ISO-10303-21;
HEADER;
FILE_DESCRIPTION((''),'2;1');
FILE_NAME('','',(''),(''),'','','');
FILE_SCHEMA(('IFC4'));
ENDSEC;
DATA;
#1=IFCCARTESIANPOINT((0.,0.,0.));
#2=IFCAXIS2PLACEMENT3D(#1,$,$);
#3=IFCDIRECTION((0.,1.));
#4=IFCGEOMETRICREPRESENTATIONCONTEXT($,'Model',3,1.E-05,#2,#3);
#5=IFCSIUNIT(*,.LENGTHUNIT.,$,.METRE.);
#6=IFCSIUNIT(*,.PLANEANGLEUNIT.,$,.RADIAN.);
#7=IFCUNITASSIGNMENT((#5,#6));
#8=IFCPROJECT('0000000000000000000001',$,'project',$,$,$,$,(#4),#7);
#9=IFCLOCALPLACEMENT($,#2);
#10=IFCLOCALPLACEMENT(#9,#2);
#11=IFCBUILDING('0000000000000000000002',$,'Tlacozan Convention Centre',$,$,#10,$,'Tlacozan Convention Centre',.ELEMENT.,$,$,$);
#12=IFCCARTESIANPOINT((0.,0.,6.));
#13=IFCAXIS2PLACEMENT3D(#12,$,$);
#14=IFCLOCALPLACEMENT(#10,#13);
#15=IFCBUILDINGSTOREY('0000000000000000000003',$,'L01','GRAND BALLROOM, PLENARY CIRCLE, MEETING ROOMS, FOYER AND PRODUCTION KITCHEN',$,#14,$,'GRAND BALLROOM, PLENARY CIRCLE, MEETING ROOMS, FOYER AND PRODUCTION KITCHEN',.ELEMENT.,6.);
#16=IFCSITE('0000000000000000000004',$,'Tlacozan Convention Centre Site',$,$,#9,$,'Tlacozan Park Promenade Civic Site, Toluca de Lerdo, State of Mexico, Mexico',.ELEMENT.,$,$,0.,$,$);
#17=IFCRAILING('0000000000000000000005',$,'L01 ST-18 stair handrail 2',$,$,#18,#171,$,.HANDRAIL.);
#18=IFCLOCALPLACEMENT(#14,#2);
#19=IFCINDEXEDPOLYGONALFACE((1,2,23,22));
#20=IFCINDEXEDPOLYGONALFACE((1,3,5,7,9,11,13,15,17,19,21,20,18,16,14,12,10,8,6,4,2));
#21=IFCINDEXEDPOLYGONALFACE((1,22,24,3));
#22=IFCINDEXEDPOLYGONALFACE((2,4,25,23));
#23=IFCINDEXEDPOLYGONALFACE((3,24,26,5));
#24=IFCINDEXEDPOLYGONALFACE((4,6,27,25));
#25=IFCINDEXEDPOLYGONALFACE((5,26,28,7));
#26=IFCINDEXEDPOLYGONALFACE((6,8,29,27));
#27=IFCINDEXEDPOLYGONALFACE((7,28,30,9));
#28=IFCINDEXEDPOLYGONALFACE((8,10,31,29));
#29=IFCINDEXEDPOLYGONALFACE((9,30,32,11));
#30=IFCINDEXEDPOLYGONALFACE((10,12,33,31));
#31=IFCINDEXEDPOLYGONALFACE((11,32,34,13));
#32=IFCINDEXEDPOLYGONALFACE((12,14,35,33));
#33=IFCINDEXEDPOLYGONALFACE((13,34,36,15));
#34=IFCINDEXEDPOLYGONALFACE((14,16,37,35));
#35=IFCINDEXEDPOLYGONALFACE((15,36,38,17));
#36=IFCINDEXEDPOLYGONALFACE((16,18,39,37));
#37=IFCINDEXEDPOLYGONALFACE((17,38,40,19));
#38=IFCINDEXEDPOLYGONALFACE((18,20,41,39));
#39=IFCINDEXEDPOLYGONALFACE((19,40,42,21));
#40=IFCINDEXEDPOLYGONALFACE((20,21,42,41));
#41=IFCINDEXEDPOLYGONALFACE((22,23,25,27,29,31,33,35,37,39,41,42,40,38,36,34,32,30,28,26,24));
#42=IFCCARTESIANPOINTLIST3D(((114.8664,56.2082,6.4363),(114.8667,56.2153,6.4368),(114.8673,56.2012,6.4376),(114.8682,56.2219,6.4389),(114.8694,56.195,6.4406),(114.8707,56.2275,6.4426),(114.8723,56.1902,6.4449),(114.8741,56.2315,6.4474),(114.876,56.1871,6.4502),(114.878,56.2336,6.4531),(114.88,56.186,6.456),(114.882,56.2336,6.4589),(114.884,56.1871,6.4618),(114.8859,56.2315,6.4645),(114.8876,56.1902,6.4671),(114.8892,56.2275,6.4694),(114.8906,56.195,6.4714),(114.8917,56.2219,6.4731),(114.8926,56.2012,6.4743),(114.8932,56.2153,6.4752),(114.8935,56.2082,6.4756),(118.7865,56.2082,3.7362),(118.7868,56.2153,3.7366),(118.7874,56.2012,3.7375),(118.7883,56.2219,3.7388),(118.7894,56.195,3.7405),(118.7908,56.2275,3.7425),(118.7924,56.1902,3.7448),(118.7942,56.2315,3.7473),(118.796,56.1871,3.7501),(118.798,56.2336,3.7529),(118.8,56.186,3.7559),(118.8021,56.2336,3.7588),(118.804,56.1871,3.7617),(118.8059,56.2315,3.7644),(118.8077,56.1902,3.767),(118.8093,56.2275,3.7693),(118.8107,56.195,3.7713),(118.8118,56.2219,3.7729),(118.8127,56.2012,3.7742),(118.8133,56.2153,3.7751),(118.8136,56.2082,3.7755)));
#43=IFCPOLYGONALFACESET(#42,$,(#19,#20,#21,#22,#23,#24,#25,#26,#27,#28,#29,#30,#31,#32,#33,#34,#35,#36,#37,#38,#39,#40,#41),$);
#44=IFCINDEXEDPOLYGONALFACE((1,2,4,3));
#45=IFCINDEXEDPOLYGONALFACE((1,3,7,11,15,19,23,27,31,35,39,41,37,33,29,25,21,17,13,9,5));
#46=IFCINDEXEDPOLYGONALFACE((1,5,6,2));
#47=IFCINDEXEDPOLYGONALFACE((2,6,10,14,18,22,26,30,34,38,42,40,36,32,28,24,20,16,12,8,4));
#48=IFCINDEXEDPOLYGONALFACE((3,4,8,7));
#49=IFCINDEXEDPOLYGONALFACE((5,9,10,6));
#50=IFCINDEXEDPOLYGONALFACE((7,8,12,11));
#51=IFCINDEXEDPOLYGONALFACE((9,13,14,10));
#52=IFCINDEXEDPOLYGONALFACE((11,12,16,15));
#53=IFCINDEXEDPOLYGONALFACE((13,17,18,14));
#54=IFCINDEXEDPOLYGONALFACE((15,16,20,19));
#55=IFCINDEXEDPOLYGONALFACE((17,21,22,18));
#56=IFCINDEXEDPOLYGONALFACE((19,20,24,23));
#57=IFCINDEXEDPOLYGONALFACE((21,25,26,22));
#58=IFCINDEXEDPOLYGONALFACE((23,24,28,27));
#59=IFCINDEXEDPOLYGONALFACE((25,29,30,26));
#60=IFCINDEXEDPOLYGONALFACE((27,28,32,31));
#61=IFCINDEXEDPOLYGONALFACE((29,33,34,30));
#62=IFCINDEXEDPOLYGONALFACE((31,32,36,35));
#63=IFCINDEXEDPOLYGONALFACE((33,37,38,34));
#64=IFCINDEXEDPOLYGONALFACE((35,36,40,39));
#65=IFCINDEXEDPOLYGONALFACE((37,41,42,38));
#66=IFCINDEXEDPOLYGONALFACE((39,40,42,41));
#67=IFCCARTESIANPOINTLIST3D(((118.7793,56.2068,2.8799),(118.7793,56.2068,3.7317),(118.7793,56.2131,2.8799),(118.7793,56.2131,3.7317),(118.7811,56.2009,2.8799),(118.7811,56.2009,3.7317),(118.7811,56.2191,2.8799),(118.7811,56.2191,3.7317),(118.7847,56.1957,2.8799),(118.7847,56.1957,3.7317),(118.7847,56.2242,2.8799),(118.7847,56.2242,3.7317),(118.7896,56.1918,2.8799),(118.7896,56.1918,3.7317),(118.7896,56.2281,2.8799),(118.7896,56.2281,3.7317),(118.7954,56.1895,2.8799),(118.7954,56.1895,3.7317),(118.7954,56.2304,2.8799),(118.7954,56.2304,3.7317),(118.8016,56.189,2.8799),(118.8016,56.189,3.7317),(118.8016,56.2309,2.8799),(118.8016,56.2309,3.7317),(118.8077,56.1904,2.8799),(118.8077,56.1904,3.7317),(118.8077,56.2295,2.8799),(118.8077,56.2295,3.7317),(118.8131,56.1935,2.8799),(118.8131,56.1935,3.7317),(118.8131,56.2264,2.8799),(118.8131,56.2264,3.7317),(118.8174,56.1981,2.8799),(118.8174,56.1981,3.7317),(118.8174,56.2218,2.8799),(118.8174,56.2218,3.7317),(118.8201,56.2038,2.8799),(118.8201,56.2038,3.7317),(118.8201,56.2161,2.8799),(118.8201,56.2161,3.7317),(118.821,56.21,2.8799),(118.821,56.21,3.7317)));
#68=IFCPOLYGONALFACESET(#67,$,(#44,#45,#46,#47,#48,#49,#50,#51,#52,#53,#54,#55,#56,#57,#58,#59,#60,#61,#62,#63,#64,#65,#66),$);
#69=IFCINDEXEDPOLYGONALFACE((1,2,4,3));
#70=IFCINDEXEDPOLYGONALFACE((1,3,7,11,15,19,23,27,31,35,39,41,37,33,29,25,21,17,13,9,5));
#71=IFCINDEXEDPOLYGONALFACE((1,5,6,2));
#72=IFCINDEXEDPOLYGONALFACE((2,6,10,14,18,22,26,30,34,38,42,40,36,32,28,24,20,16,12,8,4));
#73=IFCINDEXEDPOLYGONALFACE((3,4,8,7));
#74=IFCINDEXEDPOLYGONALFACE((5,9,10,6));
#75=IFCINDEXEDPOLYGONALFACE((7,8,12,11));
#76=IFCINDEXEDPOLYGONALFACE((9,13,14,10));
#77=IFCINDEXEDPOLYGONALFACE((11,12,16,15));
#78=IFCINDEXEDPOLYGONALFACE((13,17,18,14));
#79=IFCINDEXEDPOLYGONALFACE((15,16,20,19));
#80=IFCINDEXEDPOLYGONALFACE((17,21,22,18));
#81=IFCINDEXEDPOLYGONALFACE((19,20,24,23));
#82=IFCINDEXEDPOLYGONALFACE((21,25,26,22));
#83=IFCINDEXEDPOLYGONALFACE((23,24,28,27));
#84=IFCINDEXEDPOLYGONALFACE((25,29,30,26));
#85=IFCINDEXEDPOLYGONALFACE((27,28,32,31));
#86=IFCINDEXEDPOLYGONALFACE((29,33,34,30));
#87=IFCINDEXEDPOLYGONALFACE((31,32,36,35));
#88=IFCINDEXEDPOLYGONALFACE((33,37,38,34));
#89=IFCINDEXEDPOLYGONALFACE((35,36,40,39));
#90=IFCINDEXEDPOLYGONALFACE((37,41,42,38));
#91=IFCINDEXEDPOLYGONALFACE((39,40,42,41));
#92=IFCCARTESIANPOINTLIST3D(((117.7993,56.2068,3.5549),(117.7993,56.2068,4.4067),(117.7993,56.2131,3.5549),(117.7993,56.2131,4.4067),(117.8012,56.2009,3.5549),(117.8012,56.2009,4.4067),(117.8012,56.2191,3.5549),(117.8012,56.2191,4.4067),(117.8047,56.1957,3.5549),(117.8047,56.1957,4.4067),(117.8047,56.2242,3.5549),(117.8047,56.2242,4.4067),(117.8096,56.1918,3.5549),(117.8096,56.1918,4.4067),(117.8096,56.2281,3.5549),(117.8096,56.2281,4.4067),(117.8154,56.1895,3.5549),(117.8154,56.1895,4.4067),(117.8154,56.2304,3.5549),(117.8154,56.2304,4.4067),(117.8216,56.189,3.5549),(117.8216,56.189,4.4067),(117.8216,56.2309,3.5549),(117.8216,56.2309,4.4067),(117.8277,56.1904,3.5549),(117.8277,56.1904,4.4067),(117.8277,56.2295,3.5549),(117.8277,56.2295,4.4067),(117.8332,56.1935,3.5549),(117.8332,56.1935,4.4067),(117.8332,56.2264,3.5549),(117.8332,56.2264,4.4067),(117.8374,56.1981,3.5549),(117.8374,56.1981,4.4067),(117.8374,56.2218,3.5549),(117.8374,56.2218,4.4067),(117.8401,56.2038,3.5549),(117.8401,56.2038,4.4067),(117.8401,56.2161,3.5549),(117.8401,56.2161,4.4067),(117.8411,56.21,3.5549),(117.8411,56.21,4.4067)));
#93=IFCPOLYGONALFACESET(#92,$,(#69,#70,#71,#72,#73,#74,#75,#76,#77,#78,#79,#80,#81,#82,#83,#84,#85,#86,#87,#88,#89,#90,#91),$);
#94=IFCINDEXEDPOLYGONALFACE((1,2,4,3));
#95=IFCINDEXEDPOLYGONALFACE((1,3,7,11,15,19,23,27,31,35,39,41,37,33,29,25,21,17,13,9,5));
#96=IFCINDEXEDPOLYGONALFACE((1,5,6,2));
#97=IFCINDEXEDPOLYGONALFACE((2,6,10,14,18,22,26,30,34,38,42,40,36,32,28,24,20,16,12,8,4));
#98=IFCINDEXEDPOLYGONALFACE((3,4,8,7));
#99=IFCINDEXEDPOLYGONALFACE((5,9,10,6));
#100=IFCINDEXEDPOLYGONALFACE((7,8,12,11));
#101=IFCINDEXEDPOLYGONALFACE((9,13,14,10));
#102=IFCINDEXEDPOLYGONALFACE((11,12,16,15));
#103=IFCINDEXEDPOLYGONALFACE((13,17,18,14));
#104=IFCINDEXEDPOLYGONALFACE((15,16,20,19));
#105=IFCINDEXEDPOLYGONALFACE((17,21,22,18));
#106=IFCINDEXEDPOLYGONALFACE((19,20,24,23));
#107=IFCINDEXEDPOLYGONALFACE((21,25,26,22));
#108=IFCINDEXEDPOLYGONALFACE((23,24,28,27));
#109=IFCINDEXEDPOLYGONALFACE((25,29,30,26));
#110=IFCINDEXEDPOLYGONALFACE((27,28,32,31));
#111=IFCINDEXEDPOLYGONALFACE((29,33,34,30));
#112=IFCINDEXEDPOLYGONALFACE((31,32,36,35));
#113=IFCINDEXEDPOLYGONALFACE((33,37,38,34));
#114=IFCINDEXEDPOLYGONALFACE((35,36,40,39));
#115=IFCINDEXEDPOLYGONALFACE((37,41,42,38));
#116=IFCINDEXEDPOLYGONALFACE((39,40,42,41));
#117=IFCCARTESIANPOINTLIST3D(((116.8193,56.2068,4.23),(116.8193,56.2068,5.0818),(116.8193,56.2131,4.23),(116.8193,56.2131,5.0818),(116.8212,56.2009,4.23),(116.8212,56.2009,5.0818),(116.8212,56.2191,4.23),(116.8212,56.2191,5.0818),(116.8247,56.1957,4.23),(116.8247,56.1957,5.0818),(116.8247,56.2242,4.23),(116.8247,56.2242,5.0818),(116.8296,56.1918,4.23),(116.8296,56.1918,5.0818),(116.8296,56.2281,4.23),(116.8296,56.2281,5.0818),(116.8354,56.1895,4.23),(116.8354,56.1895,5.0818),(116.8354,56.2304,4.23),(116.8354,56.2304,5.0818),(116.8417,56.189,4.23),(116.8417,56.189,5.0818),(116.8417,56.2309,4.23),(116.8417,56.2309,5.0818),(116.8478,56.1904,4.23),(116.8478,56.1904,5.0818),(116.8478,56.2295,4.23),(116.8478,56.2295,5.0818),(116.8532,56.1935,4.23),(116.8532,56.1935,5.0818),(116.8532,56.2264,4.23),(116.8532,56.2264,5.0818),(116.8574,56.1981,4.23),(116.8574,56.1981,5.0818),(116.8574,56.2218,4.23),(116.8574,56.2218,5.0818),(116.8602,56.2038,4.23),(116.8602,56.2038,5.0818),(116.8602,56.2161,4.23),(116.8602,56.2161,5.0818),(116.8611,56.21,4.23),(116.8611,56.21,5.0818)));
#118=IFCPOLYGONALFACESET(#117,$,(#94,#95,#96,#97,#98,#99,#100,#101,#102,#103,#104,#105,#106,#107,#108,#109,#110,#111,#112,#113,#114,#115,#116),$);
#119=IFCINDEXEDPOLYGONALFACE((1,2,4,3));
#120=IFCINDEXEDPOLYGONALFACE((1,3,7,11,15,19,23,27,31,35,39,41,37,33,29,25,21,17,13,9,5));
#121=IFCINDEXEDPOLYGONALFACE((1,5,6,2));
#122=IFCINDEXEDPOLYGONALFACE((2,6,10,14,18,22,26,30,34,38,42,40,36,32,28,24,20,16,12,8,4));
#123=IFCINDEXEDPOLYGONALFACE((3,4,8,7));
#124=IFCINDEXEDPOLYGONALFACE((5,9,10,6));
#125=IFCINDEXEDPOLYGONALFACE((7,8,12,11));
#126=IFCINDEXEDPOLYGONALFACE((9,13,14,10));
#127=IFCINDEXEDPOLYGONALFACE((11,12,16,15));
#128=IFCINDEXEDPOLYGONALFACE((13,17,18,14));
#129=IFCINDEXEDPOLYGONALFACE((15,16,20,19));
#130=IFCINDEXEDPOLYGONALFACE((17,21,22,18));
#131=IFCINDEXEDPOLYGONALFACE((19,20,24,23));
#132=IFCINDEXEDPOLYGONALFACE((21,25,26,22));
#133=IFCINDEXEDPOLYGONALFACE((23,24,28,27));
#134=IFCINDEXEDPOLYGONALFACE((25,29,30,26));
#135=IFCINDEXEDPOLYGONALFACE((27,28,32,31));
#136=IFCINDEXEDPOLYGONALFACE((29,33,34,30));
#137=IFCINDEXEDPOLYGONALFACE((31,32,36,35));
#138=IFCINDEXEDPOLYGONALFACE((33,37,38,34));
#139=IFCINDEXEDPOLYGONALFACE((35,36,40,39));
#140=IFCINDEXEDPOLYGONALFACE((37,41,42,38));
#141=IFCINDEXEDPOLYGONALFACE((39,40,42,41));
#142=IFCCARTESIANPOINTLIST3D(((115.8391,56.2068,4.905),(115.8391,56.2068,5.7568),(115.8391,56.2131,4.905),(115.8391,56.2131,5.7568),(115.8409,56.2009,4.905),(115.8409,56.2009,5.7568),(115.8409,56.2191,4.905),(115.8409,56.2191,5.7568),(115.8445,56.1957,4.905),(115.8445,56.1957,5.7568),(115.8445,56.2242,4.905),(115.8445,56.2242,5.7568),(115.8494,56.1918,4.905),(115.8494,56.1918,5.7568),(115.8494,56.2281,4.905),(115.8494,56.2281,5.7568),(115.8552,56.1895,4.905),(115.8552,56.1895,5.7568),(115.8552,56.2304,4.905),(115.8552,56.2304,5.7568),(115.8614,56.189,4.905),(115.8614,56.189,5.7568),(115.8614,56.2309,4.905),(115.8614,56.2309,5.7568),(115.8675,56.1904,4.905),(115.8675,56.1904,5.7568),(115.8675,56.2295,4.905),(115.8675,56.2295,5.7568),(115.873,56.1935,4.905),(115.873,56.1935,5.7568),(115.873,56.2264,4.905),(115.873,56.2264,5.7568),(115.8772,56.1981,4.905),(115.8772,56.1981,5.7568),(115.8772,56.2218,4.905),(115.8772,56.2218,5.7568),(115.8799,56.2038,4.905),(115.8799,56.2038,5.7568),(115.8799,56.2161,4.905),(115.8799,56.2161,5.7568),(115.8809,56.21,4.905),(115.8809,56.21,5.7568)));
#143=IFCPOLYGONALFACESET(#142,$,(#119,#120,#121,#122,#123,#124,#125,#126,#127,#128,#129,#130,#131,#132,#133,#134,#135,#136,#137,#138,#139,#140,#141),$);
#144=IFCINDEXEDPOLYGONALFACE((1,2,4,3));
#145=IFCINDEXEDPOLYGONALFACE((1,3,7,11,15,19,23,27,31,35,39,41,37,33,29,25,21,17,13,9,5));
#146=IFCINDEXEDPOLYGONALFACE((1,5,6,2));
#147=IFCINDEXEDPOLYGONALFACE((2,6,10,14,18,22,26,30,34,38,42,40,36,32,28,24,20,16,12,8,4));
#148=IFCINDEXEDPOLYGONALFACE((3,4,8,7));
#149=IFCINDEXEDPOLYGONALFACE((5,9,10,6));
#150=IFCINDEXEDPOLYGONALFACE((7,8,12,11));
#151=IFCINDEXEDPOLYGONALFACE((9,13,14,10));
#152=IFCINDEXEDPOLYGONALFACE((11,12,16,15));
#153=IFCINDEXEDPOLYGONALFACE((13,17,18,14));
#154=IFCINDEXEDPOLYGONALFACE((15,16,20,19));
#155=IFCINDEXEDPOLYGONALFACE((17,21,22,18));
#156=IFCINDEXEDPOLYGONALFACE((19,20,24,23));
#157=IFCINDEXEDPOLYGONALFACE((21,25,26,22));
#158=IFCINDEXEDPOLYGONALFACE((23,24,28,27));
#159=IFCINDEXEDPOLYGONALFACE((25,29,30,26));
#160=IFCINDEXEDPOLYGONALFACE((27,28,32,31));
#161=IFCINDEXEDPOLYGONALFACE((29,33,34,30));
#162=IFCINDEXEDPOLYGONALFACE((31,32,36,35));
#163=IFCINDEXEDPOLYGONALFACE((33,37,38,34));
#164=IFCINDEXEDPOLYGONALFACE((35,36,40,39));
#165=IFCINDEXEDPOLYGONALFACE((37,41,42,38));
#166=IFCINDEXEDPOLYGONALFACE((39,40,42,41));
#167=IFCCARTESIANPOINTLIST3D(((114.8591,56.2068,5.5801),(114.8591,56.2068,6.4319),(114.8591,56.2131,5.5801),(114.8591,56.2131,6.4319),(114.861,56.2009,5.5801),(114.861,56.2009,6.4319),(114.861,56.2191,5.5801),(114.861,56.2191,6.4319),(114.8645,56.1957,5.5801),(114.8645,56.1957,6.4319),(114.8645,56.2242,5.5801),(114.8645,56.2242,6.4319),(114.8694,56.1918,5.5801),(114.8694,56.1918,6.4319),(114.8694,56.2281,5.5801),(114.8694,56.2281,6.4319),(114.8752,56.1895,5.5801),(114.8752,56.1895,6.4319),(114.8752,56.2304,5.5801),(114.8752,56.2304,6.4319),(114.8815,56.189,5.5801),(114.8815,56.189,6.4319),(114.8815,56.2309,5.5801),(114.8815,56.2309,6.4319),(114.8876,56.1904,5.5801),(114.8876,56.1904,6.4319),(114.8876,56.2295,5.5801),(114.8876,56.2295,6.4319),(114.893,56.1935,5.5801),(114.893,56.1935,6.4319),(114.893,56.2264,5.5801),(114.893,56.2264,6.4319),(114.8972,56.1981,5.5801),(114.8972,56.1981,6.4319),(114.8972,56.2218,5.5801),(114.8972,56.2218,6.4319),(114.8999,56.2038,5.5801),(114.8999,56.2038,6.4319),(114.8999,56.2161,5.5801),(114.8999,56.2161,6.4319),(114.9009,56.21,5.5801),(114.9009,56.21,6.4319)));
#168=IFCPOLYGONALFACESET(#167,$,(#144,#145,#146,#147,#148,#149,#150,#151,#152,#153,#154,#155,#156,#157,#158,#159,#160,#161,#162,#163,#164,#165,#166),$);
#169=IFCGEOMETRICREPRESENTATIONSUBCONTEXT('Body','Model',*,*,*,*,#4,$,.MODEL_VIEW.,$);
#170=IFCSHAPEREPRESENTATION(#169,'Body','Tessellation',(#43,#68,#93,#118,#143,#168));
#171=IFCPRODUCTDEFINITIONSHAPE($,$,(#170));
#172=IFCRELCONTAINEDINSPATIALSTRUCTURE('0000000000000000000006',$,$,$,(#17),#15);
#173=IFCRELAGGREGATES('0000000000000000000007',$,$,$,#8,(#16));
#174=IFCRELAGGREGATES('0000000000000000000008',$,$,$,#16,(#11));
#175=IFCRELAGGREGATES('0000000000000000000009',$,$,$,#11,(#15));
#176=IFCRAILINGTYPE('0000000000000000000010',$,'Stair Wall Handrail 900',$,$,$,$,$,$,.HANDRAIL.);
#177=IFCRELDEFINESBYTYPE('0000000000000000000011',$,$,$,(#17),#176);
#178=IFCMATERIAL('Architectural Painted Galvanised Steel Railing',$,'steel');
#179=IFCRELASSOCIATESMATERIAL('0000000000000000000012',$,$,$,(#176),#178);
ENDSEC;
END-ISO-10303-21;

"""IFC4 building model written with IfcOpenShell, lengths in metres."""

from ifc_helpers import new_model, si_unit, direction, frame, origin, origin_2d, place, context, subcontext, project, spatial, circle, extrude, material, type_object, element, save


model = new_model("IFC4")

# Units and contexts
model_context = context("Model", 3, precision=1e-05, world=origin(), true_north=direction((0.0, 1.0)))
body_context = subcontext(model_context, "Body", "Model", "MODEL_VIEW")
ifc_project = project(units=[si_unit("LENGTHUNIT", "METRE"), si_unit("PLANEANGLEUNIT", "RADIAN")], contexts=[model_context])

# Site, building, storey
site_placement = place(None, origin())
site = spatial("IfcSite", under=ifc_project, at=site_placement, Name="Tlacozan Convention Centre Site", LongName="Tlacozan Park Promenade Civic Site, Toluca de Lerdo, State of Mexico, Mexico", CompositionType="ELEMENT", RefElevation=0.0)
building_placement = place(site_placement, origin())
building = spatial("IfcBuilding", under=site, at=building_placement, Name="Tlacozan Convention Centre", LongName="Tlacozan Convention Centre", CompositionType="ELEMENT")
storey_placement = place(building_placement, frame((0.0, 0.0, 6.0)))
storey = spatial("IfcBuildingStorey", under=building, at=storey_placement, Name="L01", Description="GRAND BALLROOM, PLENARY CIRCLE, MEETING ROOMS, FOYER AND PRODUCTION KITCHEN", LongName="GRAND BALLROOM, PLENARY CIRCLE, MEETING ROOMS, FOYER AND PRODUCTION KITCHEN", CompositionType="ELEMENT", Elevation=6.0)

# Railing
ifc_material_1 = material(Name="Architectural Painted Galvanised Steel Railing", Category="steel")
railing_type_1 = type_object("IfcRailingType", Name="Stair Wall Handrail 900", PredefinedType="HANDRAIL", material=ifc_material_1)
railing_1_placement = place(storey_placement, frame((118.8, 56.21, 2.8799)))
element("IfcRailing", 1, at=railing_1_placement, inside=storey, type_object=railing_type_1, Name="L01 ST-18 stair handrail 2", PredefinedType="HANDRAIL", context=body_context, shape_type="SweptSolid", body=[
    extrude(circle(Radius=0.0239, at=origin_2d()), frame((0.0, 0.0, 0.876), z_axis=(-0.823543, 0.0, 0.567253), x_axis=(0.0, -1.0, 0.0)), (0.0, 0.0, 1.0), 4.76),
    extrude(circle(Radius=0.021, at=origin_2d()), origin(), (0.0, 0.0, 1.0), 0.8518),
    extrude(circle(Radius=0.021, at=origin_2d()), frame((-0.98, 0.0, 0.675)), (0.0, 0.0, 1.0), 0.8518),
    extrude(circle(Radius=0.021, at=origin_2d()), frame((-1.96, 0.0, 1.3501)), (0.0, 0.0, 1.0), 0.8518),
    extrude(circle(Radius=0.021, at=origin_2d()), frame((-2.9402, 0.0, 2.0251)), (0.0, 0.0, 1.0), 0.8518),
    extrude(circle(Radius=0.021, at=origin_2d()), frame((-3.9202, 0.0, 2.7002)), (0.0, 0.0, 1.0), 0.8518),
])

save(model, "model.ifc")
